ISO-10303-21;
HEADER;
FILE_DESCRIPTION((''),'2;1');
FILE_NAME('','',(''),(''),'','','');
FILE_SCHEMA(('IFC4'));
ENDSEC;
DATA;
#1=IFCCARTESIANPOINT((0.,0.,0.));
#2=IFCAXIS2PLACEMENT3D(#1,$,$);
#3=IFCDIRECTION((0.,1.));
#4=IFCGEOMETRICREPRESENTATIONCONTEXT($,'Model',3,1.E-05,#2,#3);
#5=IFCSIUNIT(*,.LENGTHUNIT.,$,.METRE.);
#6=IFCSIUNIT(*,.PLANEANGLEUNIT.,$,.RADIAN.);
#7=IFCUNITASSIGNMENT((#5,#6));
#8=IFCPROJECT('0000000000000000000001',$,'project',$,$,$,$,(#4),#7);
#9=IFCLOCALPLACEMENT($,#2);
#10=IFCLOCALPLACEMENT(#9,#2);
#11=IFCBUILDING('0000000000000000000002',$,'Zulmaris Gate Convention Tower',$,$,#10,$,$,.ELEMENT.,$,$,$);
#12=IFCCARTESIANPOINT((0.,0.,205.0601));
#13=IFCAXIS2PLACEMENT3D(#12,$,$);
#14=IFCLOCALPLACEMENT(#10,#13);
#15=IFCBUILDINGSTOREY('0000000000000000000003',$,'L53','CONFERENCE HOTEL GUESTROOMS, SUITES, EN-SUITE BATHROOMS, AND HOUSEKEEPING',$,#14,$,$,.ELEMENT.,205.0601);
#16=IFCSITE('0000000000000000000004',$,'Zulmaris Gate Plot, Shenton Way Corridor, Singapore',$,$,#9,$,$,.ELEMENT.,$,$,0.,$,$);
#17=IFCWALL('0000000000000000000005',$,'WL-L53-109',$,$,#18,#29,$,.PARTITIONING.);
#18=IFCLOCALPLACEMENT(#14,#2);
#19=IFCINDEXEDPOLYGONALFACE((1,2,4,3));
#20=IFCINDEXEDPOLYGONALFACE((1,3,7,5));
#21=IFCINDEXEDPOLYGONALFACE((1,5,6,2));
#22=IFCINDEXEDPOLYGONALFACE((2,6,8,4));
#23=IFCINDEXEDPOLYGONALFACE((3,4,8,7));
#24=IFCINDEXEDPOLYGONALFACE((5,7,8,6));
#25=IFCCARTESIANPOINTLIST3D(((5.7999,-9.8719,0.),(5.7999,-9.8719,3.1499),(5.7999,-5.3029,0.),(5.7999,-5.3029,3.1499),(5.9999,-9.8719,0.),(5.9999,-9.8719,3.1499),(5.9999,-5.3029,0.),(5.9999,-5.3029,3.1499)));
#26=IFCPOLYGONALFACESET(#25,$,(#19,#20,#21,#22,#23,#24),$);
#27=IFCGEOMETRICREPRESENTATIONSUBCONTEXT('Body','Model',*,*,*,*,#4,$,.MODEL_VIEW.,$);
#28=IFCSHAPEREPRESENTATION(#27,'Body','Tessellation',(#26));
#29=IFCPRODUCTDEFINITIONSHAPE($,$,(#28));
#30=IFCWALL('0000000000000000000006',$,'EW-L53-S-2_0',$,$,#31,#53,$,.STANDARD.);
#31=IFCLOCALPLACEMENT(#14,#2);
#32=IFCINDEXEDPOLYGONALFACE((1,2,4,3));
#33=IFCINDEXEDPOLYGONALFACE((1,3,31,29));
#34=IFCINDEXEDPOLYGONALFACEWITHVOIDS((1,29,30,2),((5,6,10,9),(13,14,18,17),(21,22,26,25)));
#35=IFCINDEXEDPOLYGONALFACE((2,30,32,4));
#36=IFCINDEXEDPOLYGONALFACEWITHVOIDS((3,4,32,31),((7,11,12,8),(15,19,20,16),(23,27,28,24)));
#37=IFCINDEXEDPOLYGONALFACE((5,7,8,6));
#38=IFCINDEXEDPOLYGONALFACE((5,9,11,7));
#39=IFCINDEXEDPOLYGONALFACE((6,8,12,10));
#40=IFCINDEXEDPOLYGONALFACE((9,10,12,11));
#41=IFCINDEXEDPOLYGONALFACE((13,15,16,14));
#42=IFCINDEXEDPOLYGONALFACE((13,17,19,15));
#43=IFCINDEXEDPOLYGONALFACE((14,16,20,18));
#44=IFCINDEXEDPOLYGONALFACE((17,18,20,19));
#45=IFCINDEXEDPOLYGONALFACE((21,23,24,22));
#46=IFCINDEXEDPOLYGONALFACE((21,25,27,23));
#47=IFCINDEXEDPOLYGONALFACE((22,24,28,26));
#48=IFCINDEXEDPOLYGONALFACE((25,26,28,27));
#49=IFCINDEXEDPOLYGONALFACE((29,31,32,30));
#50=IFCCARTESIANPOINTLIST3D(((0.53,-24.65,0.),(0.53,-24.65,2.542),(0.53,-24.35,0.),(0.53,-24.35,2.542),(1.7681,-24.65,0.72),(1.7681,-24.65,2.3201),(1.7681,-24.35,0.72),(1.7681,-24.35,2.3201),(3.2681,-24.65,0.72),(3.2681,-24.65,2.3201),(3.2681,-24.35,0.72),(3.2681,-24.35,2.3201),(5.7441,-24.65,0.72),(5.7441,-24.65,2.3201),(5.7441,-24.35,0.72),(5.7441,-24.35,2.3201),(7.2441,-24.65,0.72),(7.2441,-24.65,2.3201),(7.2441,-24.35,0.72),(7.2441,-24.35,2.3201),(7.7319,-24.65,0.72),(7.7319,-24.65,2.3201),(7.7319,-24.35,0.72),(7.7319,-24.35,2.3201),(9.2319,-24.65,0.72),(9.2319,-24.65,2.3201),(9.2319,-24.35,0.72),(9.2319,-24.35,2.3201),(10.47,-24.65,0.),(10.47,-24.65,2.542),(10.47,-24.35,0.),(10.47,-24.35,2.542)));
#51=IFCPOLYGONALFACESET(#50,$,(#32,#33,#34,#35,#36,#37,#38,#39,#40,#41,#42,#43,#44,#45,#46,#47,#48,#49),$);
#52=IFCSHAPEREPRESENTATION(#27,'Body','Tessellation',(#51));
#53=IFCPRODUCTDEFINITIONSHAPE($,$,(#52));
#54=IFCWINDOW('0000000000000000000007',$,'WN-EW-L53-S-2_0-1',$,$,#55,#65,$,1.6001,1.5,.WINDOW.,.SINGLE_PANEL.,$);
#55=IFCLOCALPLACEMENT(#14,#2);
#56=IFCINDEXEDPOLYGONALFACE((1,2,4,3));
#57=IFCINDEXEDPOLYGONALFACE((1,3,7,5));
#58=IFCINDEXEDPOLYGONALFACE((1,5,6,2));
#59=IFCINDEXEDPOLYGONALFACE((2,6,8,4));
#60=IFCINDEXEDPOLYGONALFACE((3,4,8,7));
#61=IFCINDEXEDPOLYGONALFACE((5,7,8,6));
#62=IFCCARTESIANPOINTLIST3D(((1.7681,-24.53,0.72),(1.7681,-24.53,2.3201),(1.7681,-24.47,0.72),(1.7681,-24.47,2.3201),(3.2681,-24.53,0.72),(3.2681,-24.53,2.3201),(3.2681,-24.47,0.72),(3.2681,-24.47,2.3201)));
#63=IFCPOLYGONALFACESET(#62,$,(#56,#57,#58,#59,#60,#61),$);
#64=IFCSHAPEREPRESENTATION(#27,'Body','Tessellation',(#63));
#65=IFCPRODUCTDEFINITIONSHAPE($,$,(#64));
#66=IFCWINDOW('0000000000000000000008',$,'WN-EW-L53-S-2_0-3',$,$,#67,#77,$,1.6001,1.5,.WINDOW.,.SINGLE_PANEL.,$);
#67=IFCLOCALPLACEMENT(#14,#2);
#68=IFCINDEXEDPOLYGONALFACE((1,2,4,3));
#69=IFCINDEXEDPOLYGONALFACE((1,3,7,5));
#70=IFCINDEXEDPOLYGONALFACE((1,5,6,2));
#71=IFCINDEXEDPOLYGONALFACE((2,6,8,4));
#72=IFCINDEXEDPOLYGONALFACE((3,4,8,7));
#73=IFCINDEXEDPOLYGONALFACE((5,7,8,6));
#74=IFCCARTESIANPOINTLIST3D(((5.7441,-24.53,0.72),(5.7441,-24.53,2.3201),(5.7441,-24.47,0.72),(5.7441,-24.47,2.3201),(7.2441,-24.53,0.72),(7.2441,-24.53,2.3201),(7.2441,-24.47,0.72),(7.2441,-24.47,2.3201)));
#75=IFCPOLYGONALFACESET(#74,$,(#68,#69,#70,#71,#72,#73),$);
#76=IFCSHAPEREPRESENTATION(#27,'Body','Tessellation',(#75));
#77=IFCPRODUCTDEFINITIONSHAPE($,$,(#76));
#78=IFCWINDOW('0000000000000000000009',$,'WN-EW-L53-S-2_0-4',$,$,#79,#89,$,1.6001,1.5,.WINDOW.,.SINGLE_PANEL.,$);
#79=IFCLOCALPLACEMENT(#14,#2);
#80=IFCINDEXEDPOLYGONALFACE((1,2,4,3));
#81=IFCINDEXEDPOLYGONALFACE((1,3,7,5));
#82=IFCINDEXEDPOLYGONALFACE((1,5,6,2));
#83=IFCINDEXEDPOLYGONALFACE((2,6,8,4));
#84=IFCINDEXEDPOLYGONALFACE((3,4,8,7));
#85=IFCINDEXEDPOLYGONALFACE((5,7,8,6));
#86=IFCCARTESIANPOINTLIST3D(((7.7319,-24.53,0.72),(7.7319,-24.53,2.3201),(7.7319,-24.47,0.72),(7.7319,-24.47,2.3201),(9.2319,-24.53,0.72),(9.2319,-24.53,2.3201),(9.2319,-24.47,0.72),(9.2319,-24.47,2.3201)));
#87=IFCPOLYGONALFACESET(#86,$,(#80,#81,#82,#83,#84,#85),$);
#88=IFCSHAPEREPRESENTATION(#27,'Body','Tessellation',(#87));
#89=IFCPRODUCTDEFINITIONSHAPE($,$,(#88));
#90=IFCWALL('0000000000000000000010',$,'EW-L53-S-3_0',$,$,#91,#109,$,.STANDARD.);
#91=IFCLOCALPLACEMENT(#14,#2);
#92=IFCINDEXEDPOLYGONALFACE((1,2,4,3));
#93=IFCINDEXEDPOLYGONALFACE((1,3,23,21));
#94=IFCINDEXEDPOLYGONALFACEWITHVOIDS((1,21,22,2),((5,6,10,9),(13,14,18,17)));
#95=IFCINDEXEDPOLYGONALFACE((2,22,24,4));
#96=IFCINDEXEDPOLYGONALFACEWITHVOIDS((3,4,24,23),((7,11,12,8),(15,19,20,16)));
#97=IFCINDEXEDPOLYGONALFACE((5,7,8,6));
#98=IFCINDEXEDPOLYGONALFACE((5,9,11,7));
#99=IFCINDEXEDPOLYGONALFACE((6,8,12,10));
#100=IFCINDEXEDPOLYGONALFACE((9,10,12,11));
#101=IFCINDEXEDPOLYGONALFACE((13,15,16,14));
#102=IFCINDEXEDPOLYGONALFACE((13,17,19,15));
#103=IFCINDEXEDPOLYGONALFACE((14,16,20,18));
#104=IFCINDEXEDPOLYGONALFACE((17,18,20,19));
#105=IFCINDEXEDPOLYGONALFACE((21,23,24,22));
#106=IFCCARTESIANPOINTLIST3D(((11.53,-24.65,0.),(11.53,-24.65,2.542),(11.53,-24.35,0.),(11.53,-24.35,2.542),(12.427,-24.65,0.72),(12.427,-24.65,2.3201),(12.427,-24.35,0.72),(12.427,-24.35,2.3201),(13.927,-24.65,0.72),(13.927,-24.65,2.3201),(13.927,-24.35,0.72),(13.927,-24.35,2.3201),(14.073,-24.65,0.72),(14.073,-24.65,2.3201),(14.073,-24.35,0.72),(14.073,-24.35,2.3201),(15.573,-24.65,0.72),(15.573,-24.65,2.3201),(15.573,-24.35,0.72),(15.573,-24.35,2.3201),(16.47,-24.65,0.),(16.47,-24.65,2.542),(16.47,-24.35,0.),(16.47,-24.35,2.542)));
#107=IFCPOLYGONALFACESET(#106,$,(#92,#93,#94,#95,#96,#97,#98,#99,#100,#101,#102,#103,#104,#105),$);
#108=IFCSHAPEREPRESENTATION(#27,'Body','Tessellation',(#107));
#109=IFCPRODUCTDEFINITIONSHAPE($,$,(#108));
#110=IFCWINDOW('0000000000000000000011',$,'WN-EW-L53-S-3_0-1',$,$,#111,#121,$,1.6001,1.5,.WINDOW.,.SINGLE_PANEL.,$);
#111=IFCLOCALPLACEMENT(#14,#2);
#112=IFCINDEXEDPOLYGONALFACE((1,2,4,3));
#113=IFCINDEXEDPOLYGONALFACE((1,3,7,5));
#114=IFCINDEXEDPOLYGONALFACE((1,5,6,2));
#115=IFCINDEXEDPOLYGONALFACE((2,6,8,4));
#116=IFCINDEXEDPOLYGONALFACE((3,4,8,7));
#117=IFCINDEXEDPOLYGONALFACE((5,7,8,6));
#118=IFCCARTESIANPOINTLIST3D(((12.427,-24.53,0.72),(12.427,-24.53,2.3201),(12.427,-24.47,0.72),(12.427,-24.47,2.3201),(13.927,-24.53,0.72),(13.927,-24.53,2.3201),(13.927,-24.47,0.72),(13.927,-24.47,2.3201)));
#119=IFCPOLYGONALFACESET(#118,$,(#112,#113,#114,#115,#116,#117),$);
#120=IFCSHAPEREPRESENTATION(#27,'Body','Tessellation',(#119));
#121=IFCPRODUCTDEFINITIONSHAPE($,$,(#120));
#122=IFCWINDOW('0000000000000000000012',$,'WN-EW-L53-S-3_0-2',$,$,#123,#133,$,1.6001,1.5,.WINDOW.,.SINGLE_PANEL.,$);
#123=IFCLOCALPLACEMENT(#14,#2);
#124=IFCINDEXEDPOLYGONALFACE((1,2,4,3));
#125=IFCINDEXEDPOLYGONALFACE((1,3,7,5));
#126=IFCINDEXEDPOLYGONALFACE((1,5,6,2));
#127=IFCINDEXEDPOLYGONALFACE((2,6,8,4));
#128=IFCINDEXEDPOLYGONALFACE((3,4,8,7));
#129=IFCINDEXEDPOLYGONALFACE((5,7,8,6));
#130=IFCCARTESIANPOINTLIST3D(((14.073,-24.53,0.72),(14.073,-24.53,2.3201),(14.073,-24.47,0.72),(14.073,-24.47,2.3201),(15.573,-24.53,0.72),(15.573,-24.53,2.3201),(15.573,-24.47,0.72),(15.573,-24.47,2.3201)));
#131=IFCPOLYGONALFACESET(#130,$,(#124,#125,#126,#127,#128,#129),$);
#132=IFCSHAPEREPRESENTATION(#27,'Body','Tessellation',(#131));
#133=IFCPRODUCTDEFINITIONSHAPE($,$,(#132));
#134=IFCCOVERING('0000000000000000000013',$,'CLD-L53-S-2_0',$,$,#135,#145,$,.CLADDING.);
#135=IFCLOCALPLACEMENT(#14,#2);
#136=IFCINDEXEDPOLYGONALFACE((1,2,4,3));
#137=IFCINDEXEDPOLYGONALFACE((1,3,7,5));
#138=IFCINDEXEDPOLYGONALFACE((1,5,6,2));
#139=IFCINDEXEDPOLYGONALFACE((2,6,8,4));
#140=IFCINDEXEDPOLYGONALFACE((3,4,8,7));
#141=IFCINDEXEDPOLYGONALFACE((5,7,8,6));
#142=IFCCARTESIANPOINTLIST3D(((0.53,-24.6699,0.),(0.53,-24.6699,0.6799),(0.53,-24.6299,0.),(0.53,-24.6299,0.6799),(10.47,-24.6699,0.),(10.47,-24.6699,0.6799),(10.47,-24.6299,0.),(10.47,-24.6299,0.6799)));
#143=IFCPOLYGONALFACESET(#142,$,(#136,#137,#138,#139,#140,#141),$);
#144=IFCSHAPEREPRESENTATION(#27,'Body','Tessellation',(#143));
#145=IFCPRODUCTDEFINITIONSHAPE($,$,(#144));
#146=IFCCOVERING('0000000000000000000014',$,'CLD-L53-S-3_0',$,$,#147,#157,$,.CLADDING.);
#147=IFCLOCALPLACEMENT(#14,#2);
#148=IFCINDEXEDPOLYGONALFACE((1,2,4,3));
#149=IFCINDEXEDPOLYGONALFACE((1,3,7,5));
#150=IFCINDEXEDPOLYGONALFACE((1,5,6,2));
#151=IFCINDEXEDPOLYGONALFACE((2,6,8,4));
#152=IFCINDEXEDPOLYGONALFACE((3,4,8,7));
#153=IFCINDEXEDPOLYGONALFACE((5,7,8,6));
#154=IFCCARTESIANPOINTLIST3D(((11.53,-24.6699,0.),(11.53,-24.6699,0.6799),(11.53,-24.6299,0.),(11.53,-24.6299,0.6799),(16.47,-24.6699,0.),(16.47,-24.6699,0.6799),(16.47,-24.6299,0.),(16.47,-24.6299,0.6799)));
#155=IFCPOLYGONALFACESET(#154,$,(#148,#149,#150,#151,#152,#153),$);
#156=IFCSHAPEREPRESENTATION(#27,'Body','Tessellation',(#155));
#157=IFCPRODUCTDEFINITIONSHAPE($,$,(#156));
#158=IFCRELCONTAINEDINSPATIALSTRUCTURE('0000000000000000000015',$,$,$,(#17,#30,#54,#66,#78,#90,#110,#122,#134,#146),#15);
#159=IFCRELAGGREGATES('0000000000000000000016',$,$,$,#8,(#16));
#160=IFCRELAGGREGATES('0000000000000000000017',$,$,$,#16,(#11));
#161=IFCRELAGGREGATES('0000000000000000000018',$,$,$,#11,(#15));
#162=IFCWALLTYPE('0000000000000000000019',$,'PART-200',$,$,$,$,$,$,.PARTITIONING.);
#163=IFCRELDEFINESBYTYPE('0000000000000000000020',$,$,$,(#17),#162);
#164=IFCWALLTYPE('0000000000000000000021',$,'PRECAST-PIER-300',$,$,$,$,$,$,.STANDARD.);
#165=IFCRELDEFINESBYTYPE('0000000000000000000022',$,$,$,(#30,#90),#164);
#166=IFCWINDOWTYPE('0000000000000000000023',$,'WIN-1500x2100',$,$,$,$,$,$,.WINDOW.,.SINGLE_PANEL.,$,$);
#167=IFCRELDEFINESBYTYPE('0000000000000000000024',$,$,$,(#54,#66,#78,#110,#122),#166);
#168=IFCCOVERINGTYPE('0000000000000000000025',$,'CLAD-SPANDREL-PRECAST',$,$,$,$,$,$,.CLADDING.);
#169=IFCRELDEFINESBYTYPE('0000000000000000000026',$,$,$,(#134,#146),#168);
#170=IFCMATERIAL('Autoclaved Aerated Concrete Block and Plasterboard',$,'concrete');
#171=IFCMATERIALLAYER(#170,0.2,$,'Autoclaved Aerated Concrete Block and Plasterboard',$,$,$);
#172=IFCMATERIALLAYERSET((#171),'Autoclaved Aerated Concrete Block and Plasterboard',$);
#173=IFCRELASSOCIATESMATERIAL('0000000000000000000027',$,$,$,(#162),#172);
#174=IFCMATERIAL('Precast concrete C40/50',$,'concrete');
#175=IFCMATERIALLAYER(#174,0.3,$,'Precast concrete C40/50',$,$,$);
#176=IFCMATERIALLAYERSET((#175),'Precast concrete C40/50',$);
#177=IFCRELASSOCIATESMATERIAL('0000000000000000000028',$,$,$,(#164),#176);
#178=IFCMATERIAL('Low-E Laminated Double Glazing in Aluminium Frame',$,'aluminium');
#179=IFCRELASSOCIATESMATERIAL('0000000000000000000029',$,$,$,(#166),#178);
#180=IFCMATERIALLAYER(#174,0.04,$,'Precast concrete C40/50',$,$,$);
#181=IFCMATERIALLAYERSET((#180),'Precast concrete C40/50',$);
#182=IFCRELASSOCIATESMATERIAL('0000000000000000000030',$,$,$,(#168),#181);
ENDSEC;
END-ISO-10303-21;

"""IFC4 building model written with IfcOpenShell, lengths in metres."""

from ifc_helpers import new_model, si_unit, direction, frame, frame_2d, origin, place, context, subcontext, project, spatial, rectangle, extrude, material, layer, layer_set, type_object, element, fill, save


model = new_model("IFC4")

# Units and contexts
model_context = context("Model", 3, precision=1e-05, world=origin(), true_north=direction((0.0, 1.0)))
body_context = subcontext(model_context, "Body", "Model", "MODEL_VIEW")
ifc_project = project(units=[si_unit("LENGTHUNIT", "METRE"), si_unit("PLANEANGLEUNIT", "RADIAN")], contexts=[model_context])

# Site, building, storey
site_placement = place(None, origin())
site = spatial("IfcSite", under=ifc_project, at=site_placement, Name="Zulmaris Gate Plot, Shenton Way Corridor, Singapore", CompositionType="ELEMENT", RefElevation=0.0)
building_placement = place(site_placement, origin())
building = spatial("IfcBuilding", under=site, at=building_placement, Name="Zulmaris Gate Convention Tower", CompositionType="ELEMENT")
storey_placement = place(building_placement, frame((0.0, 0.0, 205.0601)))
storey = spatial("IfcBuildingStorey", under=building, at=storey_placement, Name="L53", Description="CONFERENCE HOTEL GUESTROOMS, SUITES, EN-SUITE BATHROOMS, AND HOUSEKEEPING", CompositionType="ELEMENT", Elevation=205.0601)

# Wall
ifc_material_1 = material(Name="Autoclaved Aerated Concrete Block and Plasterboard", Category="concrete")
ifc_layer_1 = layer(ifc_material_1, 0.2, Name="Autoclaved Aerated Concrete Block and Plasterboard")
ifc_layer_set_1 = layer_set([ifc_layer_1], Name="Autoclaved Aerated Concrete Block and Plasterboard")
wall_type_1 = type_object("IfcWallType", Name="PART-200", PredefinedType="PARTITIONING", material=ifc_layer_set_1)
wall_1_placement = place(storey_placement, frame((5.8999, -9.8721, 0.0), z_axis=(0.0, 0.0, 1.0), x_axis=(0.0, 1.0, 0.0)))
element("IfcWall", 1, at=wall_1_placement, inside=storey, type_object=wall_type_1, Name="WL-L53-109", PredefinedType="PARTITIONING", context=body_context, shape_type="SweptSolid", body=[
    extrude(rectangle(XDim=4.5691, YDim=0.2, at=frame_2d((2.2847, 0.0))), origin(), (0.0, 0.0, 1.0), 3.1499),
])

# Walls, openings, windows
ifc_material_2 = material(Name="Precast concrete C40/50", Category="concrete")
ifc_layer_2 = layer(ifc_material_2, 0.3, Name="Precast concrete C40/50")
ifc_layer_set_2 = layer_set([ifc_layer_2], Name="Precast concrete C40/50")
wall_type_2 = type_object("IfcWallType", Name="PRECAST-PIER-300", PredefinedType="STANDARD", material=ifc_layer_set_2)
wall_2_placement = place(storey_placement, frame((0.53, -24.5, 0.0), z_axis=(0.0, 0.0, 1.0), x_axis=(1.0, 0.0, 0.0)))
wall_2 = element("IfcWall", 2, at=wall_2_placement, inside=storey, type_object=wall_type_2, Name="EW-L53-S-2_0", PredefinedType="STANDARD", context=body_context, shape_type="SweptSolid", body=[
    extrude(rectangle(XDim=9.9399, YDim=0.3, at=frame_2d((4.97, 0.0))), origin(), (0.0, 0.0, 1.0), 2.542),
])
opening_1_placement = place(wall_2_placement, frame((1.238, 0.0, 0.72)))
opening_1 = element("IfcOpeningElement", 3, at=opening_1_placement, cuts=wall_2, PredefinedType="OPENING", context=body_context, shape_type="SweptSolid", body=[
    extrude(rectangle(XDim=1.5, YDim=1.6001, at=frame_2d((0.75, 0.8))), frame((0.0, 0.1602, 0.0), z_axis=(0.0, -1.0, 0.0), x_axis=(1.0, 0.0, 0.0)), (0.0, 0.0, 1.0), 0.3201),
])
opening_2_placement = place(wall_2_placement, frame((5.2141, 0.0, 0.72)))
opening_2 = element("IfcOpeningElement", 4, at=opening_2_placement, cuts=wall_2, PredefinedType="OPENING", context=body_context, shape_type="SweptSolid", body=[
    extrude(rectangle(XDim=1.5, YDim=1.6001, at=frame_2d((0.75, 0.8))), frame((0.0, 0.1602, 0.0), z_axis=(0.0, -1.0, 0.0), x_axis=(1.0, 0.0, 0.0)), (0.0, 0.0, 1.0), 0.3201),
])
opening_3_placement = place(wall_2_placement, frame((7.2019, 0.0, 0.72)))
opening_3 = element("IfcOpeningElement", 5, at=opening_3_placement, cuts=wall_2, PredefinedType="OPENING", context=body_context, shape_type="SweptSolid", body=[
    extrude(rectangle(XDim=1.5, YDim=1.6001, at=frame_2d((0.75, 0.8))), frame((0.0, 0.1602, 0.0), z_axis=(0.0, -1.0, 0.0), x_axis=(1.0, 0.0, 0.0)), (0.0, 0.0, 1.0), 0.3201),
])
ifc_material_3 = material(Name="Low-E Laminated Double Glazing in Aluminium Frame", Category="aluminium")
window_type = type_object("IfcWindowType", Name="WIN-1500x2100", PartitioningType="SINGLE_PANEL", PredefinedType="WINDOW", material=ifc_material_3)
window_1_placement = place(opening_1_placement, origin())
window_1 = element("IfcWindow", 6, at=window_1_placement, inside=storey, type_object=window_type, Name="WN-EW-L53-S-2_0-1", OverallHeight=1.6001, OverallWidth=1.5, PartitioningType="SINGLE_PANEL", PredefinedType="WINDOW", context=body_context, shape_type="SweptSolid", body=[
    extrude(rectangle(XDim=1.5, YDim=1.6001, at=frame_2d((0.75, 0.8))), frame((0.0, 0.03, 0.0), z_axis=(0.0, -1.0, 0.0), x_axis=(1.0, 0.0, 0.0)), (0.0, 0.0, 1.0), 0.0601),
])
fill(opening_1, window_1)
window_2_placement = place(opening_2_placement, origin())
window_2 = element("IfcWindow", 7, at=window_2_placement, inside=storey, type_object=window_type, Name="WN-EW-L53-S-2_0-3", OverallHeight=1.6001, OverallWidth=1.5, PartitioningType="SINGLE_PANEL", PredefinedType="WINDOW", context=body_context, shape_type="SweptSolid", body=[
    extrude(rectangle(XDim=1.5, YDim=1.6001, at=frame_2d((0.75, 0.8))), frame((0.0, 0.03, 0.0), z_axis=(0.0, -1.0, 0.0), x_axis=(1.0, 0.0, 0.0)), (0.0, 0.0, 1.0), 0.0601),
])
fill(opening_2, window_2)
window_3_placement = place(opening_3_placement, origin())
window_3 = element("IfcWindow", 8, at=window_3_placement, inside=storey, type_object=window_type, Name="WN-EW-L53-S-2_0-4", OverallHeight=1.6001, OverallWidth=1.5, PartitioningType="SINGLE_PANEL", PredefinedType="WINDOW", context=body_context, shape_type="SweptSolid", body=[
    extrude(rectangle(XDim=1.5, YDim=1.6001, at=frame_2d((0.75, 0.8))), frame((0.0, 0.03, 0.0), z_axis=(0.0, -1.0, 0.0), x_axis=(1.0, 0.0, 0.0)), (0.0, 0.0, 1.0), 0.0601),
])
fill(opening_3, window_3)
wall_3_placement = place(storey_placement, frame((11.53, -24.5, 0.0), z_axis=(0.0, 0.0, 1.0), x_axis=(1.0, 0.0, 0.0)))
wall_3 = element("IfcWall", 9, at=wall_3_placement, inside=storey, type_object=wall_type_2, Name="EW-L53-S-3_0", PredefinedType="STANDARD", context=body_context, shape_type="SweptSolid", body=[
    extrude(rectangle(XDim=4.9399, YDim=0.3, at=frame_2d((2.47, 0.0))), origin(), (0.0, 0.0, 1.0), 2.542),
])
opening_4_placement = place(wall_3_placement, frame((0.897, 0.0, 0.72)))
opening_4 = element("IfcOpeningElement", 10, at=opening_4_placement, cuts=wall_3, PredefinedType="OPENING", context=body_context, shape_type="SweptSolid", body=[
    extrude(rectangle(XDim=1.5, YDim=1.6001, at=frame_2d((0.75, 0.8))), frame((0.0, 0.1602, 0.0), z_axis=(0.0, -1.0, 0.0), x_axis=(1.0, 0.0, 0.0)), (0.0, 0.0, 1.0), 0.3201),
])
opening_5_placement = place(wall_3_placement, frame((2.543, 0.0, 0.72)))
opening_5 = element("IfcOpeningElement", 11, at=opening_5_placement, cuts=wall_3, PredefinedType="OPENING", context=body_context, shape_type="SweptSolid", body=[
    extrude(rectangle(XDim=1.5, YDim=1.6001, at=frame_2d((0.75, 0.8))), frame((0.0, 0.1602, 0.0), z_axis=(0.0, -1.0, 0.0), x_axis=(1.0, 0.0, 0.0)), (0.0, 0.0, 1.0), 0.3201),
])
window_4_placement = place(opening_4_placement, origin())
window_4 = element("IfcWindow", 12, at=window_4_placement, inside=storey, type_object=window_type, Name="WN-EW-L53-S-3_0-1", OverallHeight=1.6001, OverallWidth=1.5, PartitioningType="SINGLE_PANEL", PredefinedType="WINDOW", context=body_context, shape_type="SweptSolid", body=[
    extrude(rectangle(XDim=1.5, YDim=1.6001, at=frame_2d((0.75, 0.8))), frame((0.0, 0.03, 0.0), z_axis=(0.0, -1.0, 0.0), x_axis=(1.0, 0.0, 0.0)), (0.0, 0.0, 1.0), 0.0601),
])
fill(opening_4, window_4)
window_5_placement = place(opening_5_placement, origin())
window_5 = element("IfcWindow", 13, at=window_5_placement, inside=storey, type_object=window_type, Name="WN-EW-L53-S-3_0-2", OverallHeight=1.6001, OverallWidth=1.5, PartitioningType="SINGLE_PANEL", PredefinedType="WINDOW", context=body_context, shape_type="SweptSolid", body=[
    extrude(rectangle(XDim=1.5, YDim=1.6001, at=frame_2d((0.75, 0.8))), frame((0.0, 0.03, 0.0), z_axis=(0.0, -1.0, 0.0), x_axis=(1.0, 0.0, 0.0)), (0.0, 0.0, 1.0), 0.0601),
])
fill(opening_5, window_5)

# Coverings
ifc_layer_3 = layer(ifc_material_2, 0.04, Name="Precast concrete C40/50")
ifc_layer_set_3 = layer_set([ifc_layer_3], Name="Precast concrete C40/50")
covering_type = type_object("IfcCoveringType", Name="CLAD-SPANDREL-PRECAST", PredefinedType="CLADDING", material=ifc_layer_set_3)
covering_1_placement = place(storey_placement, frame((0.53, -24.6499, 0.0), z_axis=(0.0, 0.0, 1.0), x_axis=(1.0, 0.0, 0.0)))
element("IfcCovering", 14, at=covering_1_placement, inside=storey, type_object=covering_type, Name="CLD-L53-S-2_0", PredefinedType="CLADDING", context=body_context, shape_type="SweptSolid", body=[
    extrude(rectangle(XDim=9.9399, YDim=0.04, at=frame_2d((4.97, 0.0))), origin(), (0.0, 0.0, 1.0), 0.6799),
])
covering_2_placement = place(storey_placement, frame((11.53, -24.6499, 0.0), z_axis=(0.0, 0.0, 1.0), x_axis=(1.0, 0.0, 0.0)))
element("IfcCovering", 15, at=covering_2_placement, inside=storey, type_object=covering_type, Name="CLD-L53-S-3_0", PredefinedType="CLADDING", context=body_context, shape_type="SweptSolid", body=[
    extrude(rectangle(XDim=4.9399, YDim=0.04, at=frame_2d((2.47, 0.0))), origin(), (0.0, 0.0, 1.0), 0.6799),
])

save(model, "model.ifc")
